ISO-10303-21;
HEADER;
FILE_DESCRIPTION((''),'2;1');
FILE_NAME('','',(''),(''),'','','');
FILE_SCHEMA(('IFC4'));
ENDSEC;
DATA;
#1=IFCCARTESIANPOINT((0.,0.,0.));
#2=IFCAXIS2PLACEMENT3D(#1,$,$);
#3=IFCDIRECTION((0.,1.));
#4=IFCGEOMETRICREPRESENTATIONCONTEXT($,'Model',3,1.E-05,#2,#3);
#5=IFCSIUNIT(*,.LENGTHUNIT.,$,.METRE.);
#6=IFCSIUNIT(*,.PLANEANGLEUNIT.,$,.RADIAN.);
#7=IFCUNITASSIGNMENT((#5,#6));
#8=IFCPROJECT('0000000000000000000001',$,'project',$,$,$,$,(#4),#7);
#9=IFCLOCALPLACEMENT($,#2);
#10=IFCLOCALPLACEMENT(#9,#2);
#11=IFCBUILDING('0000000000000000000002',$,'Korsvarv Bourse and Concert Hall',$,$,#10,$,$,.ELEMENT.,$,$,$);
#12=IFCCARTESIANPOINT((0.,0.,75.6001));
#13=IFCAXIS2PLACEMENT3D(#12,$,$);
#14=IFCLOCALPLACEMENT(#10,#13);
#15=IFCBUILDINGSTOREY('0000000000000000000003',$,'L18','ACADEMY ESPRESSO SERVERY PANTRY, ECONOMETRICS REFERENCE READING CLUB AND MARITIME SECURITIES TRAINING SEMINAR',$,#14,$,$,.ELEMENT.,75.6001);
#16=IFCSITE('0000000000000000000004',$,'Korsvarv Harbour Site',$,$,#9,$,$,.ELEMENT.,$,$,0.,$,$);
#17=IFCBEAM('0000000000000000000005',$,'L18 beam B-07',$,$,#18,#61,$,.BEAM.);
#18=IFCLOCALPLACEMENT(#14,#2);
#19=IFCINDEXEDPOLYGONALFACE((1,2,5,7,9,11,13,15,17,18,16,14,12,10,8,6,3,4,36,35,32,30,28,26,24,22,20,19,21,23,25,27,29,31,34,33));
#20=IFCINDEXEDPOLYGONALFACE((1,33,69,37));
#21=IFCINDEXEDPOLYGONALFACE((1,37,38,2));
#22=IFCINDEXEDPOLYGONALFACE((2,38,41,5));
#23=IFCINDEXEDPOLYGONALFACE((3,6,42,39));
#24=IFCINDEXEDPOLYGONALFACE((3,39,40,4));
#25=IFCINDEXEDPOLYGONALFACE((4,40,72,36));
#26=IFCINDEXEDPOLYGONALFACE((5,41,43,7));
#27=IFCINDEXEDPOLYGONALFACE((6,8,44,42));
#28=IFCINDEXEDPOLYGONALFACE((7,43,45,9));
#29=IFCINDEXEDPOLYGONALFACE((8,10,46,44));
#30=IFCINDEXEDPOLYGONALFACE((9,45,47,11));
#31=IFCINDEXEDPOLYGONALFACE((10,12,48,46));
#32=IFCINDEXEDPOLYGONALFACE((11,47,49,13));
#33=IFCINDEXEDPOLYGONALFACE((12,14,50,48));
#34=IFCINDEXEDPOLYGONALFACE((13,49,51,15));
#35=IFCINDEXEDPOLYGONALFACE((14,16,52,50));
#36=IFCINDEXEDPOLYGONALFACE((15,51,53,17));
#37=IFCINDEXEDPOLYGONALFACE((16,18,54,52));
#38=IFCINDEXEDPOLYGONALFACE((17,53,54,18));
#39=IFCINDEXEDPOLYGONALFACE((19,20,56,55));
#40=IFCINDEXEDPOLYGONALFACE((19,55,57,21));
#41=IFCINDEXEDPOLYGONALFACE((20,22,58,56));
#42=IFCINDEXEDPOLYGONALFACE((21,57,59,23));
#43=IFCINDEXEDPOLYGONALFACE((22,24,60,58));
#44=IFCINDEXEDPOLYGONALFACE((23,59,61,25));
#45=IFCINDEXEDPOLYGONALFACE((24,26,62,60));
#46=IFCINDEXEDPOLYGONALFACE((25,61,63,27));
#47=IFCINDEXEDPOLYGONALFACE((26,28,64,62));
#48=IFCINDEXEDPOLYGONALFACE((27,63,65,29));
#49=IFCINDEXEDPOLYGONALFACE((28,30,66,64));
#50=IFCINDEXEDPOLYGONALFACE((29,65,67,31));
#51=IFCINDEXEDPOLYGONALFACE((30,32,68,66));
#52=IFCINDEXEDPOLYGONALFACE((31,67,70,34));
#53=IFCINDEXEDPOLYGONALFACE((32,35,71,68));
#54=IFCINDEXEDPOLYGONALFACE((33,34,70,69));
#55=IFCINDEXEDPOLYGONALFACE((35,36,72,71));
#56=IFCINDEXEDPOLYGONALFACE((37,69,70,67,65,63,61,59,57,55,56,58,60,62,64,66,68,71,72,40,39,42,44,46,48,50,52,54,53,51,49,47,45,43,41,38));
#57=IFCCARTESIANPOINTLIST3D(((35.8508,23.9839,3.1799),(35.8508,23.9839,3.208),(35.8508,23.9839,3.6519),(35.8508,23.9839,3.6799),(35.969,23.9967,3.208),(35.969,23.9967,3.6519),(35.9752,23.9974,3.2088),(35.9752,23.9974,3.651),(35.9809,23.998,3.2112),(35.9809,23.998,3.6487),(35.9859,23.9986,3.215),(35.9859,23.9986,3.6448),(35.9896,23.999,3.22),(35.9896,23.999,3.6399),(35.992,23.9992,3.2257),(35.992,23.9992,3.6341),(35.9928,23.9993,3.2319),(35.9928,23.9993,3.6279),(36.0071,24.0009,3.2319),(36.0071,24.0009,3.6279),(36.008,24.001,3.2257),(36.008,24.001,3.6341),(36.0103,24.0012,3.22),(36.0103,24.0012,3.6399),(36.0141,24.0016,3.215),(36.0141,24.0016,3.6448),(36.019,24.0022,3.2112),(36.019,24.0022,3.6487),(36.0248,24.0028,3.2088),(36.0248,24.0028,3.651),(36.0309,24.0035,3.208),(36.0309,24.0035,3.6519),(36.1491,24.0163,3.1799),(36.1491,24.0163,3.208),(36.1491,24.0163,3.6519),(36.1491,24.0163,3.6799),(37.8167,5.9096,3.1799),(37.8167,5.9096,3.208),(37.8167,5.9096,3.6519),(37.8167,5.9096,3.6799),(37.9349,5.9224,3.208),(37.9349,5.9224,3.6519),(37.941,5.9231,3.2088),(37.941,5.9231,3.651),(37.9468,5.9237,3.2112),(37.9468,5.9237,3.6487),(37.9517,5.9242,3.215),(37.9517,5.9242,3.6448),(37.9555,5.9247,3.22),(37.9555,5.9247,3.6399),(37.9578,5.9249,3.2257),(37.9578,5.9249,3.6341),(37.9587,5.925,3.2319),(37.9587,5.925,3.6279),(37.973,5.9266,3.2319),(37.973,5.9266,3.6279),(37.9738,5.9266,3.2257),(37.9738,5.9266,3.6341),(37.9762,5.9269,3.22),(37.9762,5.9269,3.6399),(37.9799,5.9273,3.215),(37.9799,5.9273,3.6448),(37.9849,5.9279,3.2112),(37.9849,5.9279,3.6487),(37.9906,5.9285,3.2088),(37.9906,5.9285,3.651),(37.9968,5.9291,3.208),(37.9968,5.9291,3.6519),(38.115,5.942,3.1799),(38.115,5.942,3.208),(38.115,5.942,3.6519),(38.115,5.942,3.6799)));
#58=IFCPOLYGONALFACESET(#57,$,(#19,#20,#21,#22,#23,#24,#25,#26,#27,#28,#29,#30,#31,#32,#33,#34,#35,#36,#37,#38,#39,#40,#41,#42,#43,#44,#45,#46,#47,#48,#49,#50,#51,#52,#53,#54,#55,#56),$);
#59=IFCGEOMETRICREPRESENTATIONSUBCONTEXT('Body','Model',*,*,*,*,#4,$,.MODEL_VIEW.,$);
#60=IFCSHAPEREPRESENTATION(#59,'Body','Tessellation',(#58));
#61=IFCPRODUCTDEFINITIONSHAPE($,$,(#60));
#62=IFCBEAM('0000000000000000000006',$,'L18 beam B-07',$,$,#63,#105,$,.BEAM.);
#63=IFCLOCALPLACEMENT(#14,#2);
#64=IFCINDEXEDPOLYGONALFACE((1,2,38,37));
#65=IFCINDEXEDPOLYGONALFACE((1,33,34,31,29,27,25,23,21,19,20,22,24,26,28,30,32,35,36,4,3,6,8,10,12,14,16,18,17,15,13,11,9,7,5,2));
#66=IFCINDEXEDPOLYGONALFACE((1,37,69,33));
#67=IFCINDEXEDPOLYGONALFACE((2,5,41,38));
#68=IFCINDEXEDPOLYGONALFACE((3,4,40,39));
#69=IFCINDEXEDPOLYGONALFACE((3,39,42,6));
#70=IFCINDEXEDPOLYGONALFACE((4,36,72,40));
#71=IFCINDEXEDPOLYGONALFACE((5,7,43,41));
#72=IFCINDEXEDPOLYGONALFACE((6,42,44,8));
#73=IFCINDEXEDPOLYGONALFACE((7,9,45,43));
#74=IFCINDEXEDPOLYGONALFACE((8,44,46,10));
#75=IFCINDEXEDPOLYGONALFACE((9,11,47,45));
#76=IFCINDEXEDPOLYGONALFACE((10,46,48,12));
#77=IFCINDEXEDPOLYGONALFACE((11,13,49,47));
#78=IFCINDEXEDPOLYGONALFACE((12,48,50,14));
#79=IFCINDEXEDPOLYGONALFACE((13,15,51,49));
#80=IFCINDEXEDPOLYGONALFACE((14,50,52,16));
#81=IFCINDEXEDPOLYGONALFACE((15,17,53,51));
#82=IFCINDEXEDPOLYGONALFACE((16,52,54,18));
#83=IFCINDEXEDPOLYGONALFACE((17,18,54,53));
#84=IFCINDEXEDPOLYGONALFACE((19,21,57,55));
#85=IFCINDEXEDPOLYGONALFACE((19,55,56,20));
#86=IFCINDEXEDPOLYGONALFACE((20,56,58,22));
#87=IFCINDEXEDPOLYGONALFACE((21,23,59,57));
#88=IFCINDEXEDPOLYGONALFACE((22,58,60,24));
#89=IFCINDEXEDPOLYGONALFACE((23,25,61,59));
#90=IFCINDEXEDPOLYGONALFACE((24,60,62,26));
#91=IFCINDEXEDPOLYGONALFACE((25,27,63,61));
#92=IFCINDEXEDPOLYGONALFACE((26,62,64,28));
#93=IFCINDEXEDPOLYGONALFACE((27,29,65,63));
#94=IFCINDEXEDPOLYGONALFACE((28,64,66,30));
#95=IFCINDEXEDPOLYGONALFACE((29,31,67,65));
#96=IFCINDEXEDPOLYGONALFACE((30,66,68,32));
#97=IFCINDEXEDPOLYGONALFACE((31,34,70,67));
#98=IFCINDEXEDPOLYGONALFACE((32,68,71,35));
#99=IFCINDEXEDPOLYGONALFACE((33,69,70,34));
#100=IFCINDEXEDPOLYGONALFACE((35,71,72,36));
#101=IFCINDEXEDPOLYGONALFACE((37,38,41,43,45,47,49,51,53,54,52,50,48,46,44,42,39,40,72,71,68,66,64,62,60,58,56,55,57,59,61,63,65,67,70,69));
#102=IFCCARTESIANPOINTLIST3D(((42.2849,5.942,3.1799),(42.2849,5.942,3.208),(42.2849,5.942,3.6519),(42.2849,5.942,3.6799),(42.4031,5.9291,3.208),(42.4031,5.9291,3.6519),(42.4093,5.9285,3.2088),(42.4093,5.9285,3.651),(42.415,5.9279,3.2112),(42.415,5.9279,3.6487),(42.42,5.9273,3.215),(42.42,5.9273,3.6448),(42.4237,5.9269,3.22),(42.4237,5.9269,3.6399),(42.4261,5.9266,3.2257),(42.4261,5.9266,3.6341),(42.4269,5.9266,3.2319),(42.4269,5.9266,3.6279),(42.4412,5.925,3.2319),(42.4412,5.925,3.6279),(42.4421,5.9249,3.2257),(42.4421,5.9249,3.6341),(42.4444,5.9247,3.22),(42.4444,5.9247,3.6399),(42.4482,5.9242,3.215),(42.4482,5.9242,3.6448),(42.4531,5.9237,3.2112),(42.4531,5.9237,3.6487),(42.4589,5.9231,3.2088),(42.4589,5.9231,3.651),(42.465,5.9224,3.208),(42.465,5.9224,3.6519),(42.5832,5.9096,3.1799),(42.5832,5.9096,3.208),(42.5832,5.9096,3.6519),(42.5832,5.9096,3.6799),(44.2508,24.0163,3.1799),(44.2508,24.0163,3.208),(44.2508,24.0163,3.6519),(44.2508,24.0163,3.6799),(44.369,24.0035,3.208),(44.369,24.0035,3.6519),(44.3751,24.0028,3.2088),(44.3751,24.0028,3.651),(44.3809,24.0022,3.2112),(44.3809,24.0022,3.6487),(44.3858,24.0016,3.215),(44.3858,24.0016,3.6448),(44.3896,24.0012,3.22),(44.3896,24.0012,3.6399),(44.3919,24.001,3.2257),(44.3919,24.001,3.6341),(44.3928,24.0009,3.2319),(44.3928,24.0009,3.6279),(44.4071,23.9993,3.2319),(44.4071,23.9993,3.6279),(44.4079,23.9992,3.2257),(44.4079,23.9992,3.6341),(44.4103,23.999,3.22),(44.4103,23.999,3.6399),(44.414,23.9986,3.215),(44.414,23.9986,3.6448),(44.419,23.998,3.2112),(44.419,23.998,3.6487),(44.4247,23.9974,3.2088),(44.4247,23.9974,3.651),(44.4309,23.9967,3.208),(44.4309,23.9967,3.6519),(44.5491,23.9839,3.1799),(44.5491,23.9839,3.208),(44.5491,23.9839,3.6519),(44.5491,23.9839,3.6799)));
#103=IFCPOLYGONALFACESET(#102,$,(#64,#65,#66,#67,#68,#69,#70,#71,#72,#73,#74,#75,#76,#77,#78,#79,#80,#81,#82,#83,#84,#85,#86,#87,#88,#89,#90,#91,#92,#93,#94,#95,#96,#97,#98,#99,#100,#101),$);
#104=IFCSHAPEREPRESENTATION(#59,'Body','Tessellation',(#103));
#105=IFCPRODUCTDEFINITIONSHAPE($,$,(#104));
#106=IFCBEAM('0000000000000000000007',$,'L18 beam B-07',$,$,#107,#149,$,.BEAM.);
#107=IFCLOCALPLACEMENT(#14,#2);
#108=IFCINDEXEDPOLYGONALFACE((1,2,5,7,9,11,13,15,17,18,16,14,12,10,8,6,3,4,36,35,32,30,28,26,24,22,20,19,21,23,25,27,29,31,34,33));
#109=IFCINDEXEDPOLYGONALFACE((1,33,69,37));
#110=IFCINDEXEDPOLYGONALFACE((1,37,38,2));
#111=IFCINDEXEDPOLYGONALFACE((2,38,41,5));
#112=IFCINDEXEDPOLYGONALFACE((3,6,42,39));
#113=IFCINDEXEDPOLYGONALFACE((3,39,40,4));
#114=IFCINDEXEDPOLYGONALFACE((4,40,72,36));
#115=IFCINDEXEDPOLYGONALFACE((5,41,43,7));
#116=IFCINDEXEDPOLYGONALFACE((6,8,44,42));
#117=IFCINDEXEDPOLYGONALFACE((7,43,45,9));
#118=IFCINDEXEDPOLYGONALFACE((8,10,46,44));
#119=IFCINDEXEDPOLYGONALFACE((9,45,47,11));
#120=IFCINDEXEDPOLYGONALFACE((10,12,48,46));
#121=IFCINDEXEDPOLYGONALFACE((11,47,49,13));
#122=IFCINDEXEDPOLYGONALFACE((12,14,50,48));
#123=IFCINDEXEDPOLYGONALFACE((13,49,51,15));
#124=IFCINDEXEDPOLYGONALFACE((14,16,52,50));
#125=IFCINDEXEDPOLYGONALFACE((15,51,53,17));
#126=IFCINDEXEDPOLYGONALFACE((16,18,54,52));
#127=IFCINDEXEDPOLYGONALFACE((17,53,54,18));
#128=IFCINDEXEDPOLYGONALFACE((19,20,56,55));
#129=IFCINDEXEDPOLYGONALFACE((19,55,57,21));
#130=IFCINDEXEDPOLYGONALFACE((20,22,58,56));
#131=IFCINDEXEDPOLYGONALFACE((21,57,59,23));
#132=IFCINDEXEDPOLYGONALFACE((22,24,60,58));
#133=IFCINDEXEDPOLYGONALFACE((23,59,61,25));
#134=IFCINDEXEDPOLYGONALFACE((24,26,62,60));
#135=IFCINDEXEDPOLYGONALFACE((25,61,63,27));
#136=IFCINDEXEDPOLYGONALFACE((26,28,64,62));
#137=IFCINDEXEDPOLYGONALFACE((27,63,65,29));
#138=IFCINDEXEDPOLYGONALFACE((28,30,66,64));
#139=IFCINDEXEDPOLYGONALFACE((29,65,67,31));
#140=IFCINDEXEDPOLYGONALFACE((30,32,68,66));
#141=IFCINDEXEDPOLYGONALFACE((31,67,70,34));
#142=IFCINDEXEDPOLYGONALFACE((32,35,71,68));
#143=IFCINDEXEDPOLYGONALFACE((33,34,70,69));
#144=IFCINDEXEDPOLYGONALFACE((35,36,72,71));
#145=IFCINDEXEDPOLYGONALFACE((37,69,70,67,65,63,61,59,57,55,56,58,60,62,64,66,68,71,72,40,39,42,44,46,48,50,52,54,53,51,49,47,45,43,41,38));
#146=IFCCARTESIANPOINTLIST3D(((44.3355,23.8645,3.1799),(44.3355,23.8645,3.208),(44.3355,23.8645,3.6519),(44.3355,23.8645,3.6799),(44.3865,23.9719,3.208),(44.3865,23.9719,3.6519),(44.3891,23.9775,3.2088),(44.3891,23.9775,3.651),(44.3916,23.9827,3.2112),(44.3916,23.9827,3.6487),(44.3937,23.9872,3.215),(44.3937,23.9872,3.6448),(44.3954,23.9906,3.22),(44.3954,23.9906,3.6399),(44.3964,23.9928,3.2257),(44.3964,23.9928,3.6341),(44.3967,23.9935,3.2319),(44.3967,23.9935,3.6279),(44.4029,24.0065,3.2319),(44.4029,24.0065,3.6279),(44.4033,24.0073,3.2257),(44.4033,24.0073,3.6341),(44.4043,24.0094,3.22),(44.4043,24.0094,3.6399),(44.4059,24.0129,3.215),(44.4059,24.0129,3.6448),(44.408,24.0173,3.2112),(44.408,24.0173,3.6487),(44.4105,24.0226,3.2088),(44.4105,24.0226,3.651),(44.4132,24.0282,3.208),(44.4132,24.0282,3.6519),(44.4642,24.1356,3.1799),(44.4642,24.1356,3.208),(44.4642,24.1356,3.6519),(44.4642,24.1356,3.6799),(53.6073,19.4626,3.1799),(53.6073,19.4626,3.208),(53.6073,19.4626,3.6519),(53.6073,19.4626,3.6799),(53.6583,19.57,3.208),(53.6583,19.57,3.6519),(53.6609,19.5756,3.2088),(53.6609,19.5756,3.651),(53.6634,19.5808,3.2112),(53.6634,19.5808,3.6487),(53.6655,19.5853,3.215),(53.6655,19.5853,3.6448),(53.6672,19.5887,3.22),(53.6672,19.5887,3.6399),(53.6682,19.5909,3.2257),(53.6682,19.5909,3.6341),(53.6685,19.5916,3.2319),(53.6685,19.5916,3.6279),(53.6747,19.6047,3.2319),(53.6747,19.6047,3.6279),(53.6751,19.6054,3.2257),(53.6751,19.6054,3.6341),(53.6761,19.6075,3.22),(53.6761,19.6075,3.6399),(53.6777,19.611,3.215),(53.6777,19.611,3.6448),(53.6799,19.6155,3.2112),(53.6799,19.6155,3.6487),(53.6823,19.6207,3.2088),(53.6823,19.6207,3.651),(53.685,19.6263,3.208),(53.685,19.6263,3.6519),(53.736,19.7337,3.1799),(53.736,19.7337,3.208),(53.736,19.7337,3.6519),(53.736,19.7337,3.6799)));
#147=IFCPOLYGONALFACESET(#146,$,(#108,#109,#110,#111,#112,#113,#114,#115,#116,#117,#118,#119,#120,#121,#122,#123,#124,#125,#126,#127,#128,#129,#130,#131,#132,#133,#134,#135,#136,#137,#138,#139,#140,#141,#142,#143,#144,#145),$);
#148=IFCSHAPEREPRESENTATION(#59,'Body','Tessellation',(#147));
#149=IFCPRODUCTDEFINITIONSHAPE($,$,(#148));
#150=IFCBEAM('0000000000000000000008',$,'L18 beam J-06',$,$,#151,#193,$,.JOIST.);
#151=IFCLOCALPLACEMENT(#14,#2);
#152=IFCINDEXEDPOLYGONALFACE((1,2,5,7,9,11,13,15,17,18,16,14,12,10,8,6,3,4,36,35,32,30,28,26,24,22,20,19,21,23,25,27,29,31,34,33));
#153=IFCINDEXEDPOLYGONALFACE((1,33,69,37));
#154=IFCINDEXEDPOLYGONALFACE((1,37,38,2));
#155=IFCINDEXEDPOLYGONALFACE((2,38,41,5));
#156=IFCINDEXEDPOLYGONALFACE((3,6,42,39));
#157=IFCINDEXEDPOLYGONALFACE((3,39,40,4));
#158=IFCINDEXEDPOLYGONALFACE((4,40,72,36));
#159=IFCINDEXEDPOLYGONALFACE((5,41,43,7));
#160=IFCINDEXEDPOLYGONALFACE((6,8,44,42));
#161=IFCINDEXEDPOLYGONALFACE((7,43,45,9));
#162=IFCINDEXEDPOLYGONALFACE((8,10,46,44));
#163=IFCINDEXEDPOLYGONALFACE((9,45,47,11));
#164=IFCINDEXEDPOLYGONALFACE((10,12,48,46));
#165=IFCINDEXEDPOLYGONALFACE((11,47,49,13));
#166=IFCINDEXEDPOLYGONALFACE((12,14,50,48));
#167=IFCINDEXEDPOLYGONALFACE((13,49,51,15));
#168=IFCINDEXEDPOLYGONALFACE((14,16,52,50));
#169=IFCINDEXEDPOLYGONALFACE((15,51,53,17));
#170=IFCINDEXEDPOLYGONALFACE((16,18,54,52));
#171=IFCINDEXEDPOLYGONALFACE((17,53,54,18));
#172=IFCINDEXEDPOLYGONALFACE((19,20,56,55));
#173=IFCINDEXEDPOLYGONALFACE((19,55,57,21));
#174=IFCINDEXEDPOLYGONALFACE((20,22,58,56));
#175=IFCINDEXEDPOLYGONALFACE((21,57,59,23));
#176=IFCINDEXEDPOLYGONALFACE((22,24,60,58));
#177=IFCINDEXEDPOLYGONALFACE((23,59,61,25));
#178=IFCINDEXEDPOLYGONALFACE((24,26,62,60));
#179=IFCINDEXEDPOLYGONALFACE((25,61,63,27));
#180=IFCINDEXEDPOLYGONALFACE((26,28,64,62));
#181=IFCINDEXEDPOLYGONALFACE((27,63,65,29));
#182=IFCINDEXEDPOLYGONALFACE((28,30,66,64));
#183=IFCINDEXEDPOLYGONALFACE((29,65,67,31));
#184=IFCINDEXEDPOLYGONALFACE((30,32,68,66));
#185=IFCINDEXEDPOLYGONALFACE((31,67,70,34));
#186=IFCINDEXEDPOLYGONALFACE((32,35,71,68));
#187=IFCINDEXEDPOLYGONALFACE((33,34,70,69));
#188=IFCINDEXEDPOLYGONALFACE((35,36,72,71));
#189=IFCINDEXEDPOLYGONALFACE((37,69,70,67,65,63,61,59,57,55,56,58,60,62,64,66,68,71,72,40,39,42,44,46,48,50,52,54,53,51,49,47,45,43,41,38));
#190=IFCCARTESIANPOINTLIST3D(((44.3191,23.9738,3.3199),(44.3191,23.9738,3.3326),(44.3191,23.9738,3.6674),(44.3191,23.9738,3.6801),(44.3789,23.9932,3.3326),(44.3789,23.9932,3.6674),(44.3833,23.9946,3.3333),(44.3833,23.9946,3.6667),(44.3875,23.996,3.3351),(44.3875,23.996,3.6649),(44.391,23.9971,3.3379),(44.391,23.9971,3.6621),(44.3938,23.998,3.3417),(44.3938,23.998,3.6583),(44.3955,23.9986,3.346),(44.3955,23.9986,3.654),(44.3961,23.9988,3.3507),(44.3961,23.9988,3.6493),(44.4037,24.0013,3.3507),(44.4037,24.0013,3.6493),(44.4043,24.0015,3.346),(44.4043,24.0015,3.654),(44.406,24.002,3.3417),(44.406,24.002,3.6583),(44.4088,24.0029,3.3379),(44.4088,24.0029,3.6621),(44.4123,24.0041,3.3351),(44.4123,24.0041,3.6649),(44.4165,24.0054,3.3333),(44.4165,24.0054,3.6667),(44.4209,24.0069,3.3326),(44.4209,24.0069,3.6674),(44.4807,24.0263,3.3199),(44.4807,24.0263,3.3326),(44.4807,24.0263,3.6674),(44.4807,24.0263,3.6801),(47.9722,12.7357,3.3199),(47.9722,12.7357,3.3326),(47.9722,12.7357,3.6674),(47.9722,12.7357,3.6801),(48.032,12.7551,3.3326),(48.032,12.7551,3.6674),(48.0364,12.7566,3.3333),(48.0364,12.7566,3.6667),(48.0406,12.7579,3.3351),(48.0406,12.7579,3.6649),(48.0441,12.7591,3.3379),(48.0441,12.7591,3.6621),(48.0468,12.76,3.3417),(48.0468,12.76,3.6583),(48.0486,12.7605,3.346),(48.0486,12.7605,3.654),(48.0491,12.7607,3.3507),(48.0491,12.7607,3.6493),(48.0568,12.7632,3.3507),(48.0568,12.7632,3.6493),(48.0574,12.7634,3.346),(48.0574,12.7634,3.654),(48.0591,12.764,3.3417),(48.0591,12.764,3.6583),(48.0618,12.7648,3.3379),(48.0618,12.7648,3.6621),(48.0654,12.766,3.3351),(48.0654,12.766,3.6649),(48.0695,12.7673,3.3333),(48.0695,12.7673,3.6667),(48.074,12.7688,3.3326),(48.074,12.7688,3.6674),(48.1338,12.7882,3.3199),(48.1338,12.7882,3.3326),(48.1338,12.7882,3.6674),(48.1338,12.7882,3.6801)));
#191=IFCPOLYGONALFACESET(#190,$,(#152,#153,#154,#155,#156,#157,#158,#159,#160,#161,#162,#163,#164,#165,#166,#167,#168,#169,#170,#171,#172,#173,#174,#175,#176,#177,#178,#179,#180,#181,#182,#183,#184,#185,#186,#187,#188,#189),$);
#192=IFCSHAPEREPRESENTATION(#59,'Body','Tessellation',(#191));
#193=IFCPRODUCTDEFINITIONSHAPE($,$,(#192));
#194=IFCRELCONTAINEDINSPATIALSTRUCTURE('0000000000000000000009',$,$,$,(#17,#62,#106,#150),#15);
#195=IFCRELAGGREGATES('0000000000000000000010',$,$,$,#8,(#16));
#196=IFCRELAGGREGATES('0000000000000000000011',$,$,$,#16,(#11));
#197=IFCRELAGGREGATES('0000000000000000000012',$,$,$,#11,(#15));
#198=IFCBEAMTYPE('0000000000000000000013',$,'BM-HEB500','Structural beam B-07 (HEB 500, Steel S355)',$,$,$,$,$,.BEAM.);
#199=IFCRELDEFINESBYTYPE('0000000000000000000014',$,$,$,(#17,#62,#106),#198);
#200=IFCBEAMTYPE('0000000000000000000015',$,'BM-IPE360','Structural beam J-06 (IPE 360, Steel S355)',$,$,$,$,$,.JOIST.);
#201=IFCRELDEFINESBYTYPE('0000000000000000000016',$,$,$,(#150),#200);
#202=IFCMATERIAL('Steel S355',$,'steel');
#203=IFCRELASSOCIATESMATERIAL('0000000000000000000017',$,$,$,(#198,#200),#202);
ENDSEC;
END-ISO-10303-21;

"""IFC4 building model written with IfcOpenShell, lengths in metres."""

from ifc_helpers import new_model, si_unit, direction, frame, origin, origin_2d, place, context, subcontext, project, spatial, i_section, extrude, source, transform, mapped, material, material_profile, profile_set, type_object, element, save


model = new_model("IFC4")

# Units and contexts
model_context = context("Model", 3, precision=1e-05, world=origin(), true_north=direction((0.0, 1.0)))
body_context = subcontext(model_context, "Body", "Model", "MODEL_VIEW")
ifc_project = project(units=[si_unit("LENGTHUNIT", "METRE"), si_unit("PLANEANGLEUNIT", "RADIAN")], contexts=[model_context])

# Site, building, storey
site_placement = place(None, origin())
site = spatial("IfcSite", under=ifc_project, at=site_placement, Name="Korsvarv Harbour Site", CompositionType="ELEMENT", RefElevation=0.0)
building_placement = place(site_placement, origin())
building = spatial("IfcBuilding", under=site, at=building_placement, Name="Korsvarv Bourse and Concert Hall", CompositionType="ELEMENT")
storey_placement = place(building_placement, frame((0.0, 0.0, 75.6001)))
storey = spatial("IfcBuildingStorey", under=building, at=storey_placement, Name="L18", Description="ACADEMY ESPRESSO SERVERY PANTRY, ECONOMETRICS REFERENCE READING CLUB AND MARITIME SECURITIES TRAINING SEMINAR", CompositionType="ELEMENT", Elevation=75.6001)

# Beams
ifc_material_1 = material(Name="Steel S355", Category="steel")
ifc_material_profile_1 = material_profile(ifc_material_1, i_section(OverallWidth=0.3, OverallDepth=0.5, WebThickness=0.0144, FlangeThickness=0.0281, FilletRadius=0.0239, at=origin_2d()), Name="HEB 500")
ifc_profile_set_1 = profile_set([ifc_material_profile_1], Name="Steel S355")
beam_type_1 = type_object("IfcBeamType", Name="BM-HEB500", Description="Structural beam B-07 (HEB 500, Steel S355)", PredefinedType="BEAM", material=ifc_profile_set_1)
shared_shape_1 = source(origin(), body_context, "Body", "SweptSolid", [
    extrude(i_section(OverallWidth=0.3, OverallDepth=0.5, WebThickness=0.0144, FlangeThickness=0.0281, FilletRadius=0.0239, at=origin_2d()), origin(), (0.0, 0.0, 1.0), 18.1809),
])
for number, where, z_axis, x_axis, name in (
    (1, (37.9658, 5.9258, 3.4299), (-0.108126, 0.994137, 0.0), (-0.994137, -0.108126, 0.0), "L18 beam B-07"),
    (2, (42.4341, 5.9258, 3.4299), (0.108126, 0.994137, 0.0), (-0.994137, 0.108126, 0.0), "L18 beam B-07"),
):
    element("IfcBeam", number, at=place(storey_placement, frame(where, z_axis=z_axis, x_axis=x_axis)), inside=storey, type_object=beam_type_1, Name=name, PredefinedType="BEAM", context=body_context, shape_type="MappedRepresentation", body=[
        mapped(shared_shape_1, transform((0.0, 0.0, 0.0), scale=1.0)),
    ])
shared_shape_2 = source(origin(), body_context, "Body", "SweptSolid", [
    extrude(i_section(OverallWidth=0.3, OverallDepth=0.5, WebThickness=0.0144, FlangeThickness=0.0281, FilletRadius=0.0239, at=origin_2d()), origin(), (0.0, 0.0, 1.0), 10.2637),
])
beam_1_placement = place(storey_placement, frame((53.6716, 19.5981, 3.4299), z_axis=(-0.903361, 0.428881, 0.0), x_axis=(-0.428881, -0.903361, 0.0)))
element("IfcBeam", 3, at=beam_1_placement, inside=storey, type_object=beam_type_1, Name="L18 beam B-07", PredefinedType="BEAM", context=body_context, shape_type="MappedRepresentation", body=[
    mapped(shared_shape_2, transform((0.0, 0.0, 0.0), scale=1.0)),
])
ifc_material_profile_2 = material_profile(ifc_material_1, i_section(OverallWidth=0.1699, OverallDepth=0.3601, WebThickness=0.0081, FlangeThickness=0.0127, FilletRadius=0.0181, at=origin_2d()), Name="IPE 360")
ifc_profile_set_2 = profile_set([ifc_material_profile_2], Name="Steel S355")
beam_type_2 = type_object("IfcBeamType", Name="BM-IPE360", Description="Structural beam J-06 (IPE 360, Steel S355)", PredefinedType="JOIST", material=ifc_profile_set_2)
shared_shape_3 = source(origin(), body_context, "Body", "SweptSolid", [
    extrude(i_section(OverallWidth=0.1699, OverallDepth=0.3601, WebThickness=0.0081, FlangeThickness=0.0127, FilletRadius=0.0181, at=origin_2d()), origin(), (0.0, 0.0, 1.0), 11.8169),
])
beam_2_placement = place(storey_placement, frame((48.053, 12.762, 3.5), z_axis=(-0.309141, 0.951016, 0.0), x_axis=(-0.951016, -0.309141, 0.0)))
element("IfcBeam", 4, at=beam_2_placement, inside=storey, type_object=beam_type_2, Name="L18 beam J-06", PredefinedType="JOIST", context=body_context, shape_type="MappedRepresentation", body=[
    mapped(shared_shape_3, transform((0.0, 0.0, 0.0), scale=1.0)),
])

save(model, "model.ifc")
